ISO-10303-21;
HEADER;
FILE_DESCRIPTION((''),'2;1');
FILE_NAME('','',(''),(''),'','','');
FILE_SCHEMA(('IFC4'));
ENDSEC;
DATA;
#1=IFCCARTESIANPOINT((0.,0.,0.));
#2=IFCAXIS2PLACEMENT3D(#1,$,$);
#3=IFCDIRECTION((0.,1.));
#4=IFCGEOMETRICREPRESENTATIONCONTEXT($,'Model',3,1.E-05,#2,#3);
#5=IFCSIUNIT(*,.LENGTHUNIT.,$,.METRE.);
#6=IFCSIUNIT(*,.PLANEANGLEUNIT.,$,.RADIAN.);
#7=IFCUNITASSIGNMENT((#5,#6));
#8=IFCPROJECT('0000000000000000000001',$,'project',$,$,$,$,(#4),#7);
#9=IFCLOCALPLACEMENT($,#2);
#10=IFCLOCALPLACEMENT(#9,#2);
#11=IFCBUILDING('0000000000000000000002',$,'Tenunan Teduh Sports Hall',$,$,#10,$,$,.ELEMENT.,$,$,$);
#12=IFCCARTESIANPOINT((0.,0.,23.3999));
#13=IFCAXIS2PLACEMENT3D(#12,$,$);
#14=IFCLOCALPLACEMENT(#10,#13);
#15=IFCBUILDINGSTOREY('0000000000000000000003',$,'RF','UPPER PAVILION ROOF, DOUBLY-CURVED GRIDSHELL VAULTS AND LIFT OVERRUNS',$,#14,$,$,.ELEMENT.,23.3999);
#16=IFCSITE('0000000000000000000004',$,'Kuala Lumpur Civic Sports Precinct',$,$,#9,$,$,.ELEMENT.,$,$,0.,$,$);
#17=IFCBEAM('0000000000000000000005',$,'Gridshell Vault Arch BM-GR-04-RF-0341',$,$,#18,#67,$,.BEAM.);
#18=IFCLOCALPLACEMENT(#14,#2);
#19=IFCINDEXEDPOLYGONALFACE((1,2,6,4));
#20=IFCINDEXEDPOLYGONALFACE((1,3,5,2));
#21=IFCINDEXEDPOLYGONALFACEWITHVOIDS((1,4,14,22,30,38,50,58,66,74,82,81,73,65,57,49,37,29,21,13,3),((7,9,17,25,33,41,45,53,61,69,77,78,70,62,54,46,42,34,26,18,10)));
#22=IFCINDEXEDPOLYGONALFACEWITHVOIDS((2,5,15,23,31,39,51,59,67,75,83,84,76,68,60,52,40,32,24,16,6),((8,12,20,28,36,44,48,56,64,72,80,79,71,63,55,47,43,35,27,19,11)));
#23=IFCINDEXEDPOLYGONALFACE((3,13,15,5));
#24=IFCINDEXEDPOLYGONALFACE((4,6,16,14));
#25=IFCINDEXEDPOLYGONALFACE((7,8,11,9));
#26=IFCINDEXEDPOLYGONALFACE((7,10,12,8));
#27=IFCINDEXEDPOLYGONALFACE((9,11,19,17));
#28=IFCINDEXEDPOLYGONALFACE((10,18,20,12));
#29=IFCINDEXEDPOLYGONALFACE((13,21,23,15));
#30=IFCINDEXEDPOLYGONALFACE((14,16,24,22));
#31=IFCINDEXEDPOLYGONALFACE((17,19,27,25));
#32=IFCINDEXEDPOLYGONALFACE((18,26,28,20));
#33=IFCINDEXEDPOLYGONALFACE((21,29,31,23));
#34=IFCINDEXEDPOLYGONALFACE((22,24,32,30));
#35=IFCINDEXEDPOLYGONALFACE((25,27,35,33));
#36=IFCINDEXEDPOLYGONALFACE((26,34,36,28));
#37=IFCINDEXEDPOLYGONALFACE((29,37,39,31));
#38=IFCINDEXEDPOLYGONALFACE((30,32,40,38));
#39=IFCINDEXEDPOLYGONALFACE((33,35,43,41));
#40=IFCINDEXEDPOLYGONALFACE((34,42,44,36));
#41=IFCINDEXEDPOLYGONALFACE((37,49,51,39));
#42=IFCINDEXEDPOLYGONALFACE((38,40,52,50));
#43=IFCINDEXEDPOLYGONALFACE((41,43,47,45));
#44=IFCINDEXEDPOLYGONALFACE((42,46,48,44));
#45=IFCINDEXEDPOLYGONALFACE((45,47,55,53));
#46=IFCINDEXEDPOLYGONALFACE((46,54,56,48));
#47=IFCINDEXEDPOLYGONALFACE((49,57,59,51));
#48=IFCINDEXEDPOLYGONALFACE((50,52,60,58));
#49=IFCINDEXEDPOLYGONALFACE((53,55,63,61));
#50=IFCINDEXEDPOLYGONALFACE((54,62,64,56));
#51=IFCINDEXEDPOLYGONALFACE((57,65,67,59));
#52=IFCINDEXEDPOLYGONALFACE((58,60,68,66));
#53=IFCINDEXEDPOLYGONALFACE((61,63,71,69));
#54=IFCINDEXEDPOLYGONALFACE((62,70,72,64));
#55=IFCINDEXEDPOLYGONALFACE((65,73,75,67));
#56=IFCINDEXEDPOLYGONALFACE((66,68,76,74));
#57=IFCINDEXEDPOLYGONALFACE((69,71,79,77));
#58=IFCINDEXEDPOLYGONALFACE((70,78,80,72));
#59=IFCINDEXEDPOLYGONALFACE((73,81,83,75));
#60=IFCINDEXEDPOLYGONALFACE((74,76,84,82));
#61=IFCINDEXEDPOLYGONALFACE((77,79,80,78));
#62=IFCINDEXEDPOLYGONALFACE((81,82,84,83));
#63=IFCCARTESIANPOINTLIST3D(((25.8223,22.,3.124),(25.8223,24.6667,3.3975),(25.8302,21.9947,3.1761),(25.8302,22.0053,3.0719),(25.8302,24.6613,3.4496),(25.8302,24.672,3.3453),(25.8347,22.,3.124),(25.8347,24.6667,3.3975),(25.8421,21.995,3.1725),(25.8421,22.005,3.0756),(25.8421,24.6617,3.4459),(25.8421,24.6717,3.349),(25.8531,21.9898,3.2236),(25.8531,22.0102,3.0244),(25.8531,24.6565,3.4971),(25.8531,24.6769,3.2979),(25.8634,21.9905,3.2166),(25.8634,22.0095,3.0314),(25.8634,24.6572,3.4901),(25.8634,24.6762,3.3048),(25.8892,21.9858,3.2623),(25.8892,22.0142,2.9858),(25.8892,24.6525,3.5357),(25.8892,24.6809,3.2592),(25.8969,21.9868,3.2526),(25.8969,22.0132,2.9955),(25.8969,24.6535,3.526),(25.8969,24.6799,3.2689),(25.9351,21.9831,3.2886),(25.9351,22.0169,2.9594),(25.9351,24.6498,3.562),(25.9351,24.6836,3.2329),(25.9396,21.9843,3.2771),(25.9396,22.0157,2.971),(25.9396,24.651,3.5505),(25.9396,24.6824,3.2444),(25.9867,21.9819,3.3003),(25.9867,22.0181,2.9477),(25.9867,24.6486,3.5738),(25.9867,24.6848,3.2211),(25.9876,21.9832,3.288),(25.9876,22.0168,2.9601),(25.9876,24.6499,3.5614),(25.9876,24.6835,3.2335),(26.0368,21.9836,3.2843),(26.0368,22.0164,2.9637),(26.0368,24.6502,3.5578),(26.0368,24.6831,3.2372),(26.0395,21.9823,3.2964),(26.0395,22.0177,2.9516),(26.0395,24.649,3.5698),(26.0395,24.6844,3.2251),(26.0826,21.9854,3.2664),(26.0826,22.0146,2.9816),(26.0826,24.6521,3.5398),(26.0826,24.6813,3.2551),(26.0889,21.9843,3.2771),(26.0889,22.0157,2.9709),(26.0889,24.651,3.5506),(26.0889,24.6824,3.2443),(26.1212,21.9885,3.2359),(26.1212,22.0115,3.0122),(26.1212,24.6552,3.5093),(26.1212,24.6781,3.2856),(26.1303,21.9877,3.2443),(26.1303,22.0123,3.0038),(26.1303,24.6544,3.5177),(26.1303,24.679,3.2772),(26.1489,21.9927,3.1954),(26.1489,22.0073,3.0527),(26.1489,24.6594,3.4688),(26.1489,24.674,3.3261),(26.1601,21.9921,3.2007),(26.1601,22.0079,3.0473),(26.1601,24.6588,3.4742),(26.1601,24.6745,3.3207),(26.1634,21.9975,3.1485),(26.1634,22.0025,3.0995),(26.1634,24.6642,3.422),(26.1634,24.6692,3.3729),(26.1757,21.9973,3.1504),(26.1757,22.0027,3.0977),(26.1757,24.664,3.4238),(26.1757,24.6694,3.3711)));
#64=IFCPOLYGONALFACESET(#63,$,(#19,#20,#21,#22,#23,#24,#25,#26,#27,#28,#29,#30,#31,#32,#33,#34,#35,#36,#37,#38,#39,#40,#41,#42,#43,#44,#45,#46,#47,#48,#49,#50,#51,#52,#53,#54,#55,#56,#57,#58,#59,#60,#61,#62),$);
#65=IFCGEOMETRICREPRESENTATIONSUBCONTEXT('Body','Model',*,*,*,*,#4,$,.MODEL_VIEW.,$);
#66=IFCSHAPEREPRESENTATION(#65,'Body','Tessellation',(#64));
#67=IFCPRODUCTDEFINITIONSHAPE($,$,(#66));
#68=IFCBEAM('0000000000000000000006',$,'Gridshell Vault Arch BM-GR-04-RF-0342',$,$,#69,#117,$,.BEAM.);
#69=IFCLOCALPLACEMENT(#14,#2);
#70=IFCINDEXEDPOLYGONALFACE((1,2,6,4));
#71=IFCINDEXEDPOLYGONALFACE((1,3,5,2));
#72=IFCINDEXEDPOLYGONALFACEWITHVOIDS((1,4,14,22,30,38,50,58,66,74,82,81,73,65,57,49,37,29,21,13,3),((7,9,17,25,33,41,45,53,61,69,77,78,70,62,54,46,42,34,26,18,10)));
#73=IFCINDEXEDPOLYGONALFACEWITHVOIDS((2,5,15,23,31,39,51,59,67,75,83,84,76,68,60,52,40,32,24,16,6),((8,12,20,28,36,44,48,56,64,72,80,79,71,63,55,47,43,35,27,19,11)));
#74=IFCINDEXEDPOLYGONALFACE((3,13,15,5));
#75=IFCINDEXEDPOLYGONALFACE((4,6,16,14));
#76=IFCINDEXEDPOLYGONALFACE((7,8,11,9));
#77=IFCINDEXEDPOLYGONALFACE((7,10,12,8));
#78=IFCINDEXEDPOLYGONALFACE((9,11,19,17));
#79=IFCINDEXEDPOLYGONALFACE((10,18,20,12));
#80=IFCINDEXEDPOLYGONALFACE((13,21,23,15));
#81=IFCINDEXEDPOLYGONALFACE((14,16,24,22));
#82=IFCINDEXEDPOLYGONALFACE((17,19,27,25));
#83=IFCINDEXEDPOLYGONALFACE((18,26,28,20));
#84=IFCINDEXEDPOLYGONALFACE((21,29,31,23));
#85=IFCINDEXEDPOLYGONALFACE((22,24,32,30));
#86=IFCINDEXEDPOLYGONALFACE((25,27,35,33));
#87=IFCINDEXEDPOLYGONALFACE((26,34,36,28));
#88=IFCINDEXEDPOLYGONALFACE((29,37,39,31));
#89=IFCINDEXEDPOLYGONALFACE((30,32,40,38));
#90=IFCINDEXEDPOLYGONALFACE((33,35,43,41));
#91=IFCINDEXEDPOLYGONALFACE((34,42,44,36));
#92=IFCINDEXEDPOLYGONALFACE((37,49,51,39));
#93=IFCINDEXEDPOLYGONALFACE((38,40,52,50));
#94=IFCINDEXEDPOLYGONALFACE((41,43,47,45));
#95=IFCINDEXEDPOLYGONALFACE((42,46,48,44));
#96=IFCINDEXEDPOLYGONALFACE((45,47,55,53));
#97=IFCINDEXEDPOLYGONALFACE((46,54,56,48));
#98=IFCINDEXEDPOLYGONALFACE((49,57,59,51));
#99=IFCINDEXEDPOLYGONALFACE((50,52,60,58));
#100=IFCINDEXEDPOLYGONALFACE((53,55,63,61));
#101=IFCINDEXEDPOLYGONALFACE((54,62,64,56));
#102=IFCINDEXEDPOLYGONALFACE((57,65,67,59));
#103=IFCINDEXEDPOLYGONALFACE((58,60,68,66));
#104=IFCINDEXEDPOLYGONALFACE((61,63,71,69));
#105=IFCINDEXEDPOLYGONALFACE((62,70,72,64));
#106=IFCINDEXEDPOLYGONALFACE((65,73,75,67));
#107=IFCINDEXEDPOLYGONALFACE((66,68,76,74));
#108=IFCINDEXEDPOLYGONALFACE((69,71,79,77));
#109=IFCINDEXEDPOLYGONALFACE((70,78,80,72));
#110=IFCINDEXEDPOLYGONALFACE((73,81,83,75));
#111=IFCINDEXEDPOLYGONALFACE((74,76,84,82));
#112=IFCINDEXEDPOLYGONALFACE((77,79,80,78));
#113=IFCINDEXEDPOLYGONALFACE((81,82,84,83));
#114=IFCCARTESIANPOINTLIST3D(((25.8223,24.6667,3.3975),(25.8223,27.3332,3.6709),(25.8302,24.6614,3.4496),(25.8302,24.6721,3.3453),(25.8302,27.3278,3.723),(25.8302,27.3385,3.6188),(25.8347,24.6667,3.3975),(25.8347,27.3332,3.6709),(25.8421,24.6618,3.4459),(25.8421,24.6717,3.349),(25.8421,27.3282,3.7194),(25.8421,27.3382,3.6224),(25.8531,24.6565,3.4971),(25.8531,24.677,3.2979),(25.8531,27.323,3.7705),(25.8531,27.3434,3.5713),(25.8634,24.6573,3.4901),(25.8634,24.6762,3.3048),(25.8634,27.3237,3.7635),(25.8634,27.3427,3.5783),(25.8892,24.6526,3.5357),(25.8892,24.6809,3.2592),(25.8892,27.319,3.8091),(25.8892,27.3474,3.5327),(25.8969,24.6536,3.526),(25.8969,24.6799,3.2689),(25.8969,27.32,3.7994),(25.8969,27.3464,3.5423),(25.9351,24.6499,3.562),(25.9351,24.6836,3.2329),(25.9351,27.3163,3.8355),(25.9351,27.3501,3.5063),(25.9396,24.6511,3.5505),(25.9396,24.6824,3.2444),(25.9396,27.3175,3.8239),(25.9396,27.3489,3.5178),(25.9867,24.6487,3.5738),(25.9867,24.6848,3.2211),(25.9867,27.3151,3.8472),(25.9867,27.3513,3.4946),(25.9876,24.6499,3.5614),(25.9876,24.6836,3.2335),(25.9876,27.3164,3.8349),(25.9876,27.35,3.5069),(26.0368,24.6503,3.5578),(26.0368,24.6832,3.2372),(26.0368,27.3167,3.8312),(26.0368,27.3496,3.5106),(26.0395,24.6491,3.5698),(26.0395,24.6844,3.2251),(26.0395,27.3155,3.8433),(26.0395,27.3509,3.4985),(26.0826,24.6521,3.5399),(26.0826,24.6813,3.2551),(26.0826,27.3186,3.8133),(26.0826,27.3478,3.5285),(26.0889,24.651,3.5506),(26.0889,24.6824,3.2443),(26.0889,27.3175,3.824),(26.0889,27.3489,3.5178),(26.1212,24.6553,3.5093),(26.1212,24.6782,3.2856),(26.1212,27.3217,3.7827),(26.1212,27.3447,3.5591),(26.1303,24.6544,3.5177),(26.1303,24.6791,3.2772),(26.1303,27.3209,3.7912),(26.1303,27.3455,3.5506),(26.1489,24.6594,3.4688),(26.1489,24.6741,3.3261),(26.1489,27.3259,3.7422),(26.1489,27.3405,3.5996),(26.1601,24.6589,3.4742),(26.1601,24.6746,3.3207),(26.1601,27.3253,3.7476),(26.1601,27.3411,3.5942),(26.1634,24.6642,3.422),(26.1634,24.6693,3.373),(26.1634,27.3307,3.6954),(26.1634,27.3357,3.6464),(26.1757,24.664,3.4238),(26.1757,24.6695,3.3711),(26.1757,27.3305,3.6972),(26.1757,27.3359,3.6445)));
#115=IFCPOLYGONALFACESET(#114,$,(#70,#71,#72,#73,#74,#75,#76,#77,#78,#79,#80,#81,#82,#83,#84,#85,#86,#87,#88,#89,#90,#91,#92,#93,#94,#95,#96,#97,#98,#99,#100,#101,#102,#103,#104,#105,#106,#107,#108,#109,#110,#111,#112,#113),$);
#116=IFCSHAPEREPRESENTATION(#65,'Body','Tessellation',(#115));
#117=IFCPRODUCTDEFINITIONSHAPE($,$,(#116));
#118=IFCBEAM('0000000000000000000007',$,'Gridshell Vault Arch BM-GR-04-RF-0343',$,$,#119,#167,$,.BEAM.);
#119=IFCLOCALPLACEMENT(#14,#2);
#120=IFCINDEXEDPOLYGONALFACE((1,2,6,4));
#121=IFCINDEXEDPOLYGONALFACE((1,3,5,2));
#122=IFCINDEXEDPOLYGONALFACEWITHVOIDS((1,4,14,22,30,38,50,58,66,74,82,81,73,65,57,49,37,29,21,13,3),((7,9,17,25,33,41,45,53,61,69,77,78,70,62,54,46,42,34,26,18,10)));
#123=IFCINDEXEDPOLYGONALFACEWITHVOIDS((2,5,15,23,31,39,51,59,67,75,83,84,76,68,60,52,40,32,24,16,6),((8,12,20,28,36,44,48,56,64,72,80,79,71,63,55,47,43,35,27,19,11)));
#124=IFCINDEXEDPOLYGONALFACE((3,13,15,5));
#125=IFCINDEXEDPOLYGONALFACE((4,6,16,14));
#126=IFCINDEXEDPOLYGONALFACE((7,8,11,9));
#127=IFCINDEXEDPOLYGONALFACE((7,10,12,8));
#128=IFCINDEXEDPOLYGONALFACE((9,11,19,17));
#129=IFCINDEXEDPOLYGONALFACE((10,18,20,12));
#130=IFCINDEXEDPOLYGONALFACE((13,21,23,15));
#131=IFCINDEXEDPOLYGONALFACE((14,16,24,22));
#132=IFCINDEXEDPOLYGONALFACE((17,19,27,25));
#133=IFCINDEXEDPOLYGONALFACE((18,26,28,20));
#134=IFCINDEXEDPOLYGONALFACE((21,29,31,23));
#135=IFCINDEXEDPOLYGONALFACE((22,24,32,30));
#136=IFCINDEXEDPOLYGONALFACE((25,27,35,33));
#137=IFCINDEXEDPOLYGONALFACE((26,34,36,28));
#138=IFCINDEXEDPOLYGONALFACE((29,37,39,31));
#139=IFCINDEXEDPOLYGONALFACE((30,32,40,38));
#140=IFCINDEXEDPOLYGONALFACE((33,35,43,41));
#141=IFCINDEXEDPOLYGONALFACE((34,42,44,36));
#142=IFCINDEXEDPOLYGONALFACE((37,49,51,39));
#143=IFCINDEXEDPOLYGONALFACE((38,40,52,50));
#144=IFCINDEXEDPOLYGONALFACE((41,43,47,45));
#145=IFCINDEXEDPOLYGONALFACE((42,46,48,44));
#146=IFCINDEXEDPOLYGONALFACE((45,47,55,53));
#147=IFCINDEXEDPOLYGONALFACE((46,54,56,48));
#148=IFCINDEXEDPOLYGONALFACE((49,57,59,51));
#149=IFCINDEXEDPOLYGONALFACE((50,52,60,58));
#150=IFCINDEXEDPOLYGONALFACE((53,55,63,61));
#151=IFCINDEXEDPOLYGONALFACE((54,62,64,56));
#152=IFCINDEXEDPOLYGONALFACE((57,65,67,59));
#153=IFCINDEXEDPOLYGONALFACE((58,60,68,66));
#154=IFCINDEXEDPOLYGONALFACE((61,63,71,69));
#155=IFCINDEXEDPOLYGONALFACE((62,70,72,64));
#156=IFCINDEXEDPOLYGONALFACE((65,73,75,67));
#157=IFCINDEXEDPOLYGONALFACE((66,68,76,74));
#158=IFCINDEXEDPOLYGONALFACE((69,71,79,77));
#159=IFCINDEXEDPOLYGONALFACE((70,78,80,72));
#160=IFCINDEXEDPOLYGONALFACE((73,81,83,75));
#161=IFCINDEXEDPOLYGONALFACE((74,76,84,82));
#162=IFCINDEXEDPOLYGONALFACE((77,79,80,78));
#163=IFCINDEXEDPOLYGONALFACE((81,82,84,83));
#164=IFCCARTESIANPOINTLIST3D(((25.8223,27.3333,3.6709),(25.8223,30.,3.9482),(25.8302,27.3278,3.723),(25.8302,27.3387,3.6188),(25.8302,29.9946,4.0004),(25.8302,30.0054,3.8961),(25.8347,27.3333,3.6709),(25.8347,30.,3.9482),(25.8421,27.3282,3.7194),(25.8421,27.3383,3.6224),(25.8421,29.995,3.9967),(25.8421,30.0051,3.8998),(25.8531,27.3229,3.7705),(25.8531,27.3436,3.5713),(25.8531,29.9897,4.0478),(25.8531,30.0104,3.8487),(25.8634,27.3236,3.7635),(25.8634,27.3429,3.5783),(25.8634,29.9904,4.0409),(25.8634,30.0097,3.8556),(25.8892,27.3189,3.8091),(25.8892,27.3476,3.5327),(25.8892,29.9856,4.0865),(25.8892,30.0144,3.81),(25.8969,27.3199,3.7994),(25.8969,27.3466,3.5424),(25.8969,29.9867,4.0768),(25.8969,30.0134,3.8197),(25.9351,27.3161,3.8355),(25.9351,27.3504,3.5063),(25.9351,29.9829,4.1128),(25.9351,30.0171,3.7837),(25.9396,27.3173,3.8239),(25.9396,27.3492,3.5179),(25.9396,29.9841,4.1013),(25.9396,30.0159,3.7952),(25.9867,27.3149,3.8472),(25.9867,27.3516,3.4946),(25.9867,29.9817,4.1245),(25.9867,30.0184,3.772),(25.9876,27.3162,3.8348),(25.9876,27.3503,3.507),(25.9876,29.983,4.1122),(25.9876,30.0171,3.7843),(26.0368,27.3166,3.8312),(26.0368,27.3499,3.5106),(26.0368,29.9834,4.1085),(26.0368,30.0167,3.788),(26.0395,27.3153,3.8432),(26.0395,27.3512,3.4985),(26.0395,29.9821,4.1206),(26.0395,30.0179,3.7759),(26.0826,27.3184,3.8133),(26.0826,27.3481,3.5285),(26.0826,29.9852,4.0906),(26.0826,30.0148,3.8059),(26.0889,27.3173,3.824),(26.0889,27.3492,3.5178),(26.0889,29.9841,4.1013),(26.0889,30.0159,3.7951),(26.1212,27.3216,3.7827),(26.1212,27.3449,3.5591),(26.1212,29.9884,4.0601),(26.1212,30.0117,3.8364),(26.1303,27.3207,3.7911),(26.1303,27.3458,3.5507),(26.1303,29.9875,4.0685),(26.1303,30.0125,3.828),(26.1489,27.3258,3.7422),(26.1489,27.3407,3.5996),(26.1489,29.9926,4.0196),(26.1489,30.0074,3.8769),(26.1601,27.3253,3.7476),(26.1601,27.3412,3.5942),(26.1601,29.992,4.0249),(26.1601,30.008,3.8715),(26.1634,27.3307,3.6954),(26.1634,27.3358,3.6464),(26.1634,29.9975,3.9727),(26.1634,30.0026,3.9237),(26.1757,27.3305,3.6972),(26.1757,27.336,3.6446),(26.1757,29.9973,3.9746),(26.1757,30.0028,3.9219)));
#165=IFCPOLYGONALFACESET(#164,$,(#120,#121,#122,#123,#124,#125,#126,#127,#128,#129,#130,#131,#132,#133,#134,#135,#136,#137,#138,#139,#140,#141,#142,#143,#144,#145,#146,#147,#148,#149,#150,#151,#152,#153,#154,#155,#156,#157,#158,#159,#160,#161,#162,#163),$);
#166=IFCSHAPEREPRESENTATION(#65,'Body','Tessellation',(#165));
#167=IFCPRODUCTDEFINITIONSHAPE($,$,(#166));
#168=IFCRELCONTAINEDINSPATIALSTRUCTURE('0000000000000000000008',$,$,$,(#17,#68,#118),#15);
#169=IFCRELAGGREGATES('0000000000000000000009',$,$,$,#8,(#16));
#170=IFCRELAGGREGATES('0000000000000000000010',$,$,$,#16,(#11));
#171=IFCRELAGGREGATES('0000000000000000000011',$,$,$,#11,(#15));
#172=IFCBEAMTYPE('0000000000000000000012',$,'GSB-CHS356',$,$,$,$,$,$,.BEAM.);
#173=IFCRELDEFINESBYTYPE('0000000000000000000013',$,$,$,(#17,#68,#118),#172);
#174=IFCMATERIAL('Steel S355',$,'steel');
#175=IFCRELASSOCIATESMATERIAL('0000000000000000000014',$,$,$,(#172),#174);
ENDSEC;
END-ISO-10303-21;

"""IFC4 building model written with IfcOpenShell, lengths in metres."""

from ifc_helpers import new_model, si_unit, direction, frame, origin, origin_2d, place, context, subcontext, project, spatial, hollow_circle, extrude, material, material_profile, profile_set, type_object, element, save


model = new_model("IFC4")

# Units and contexts
model_context = context("Model", 3, precision=1e-05, world=origin(), true_north=direction((0.0, 1.0)))
body_context = subcontext(model_context, "Body", "Model", "MODEL_VIEW")
ifc_project = project(units=[si_unit("LENGTHUNIT", "METRE"), si_unit("PLANEANGLEUNIT", "RADIAN")], contexts=[model_context])

# Site, building, storey
site_placement = place(None, origin())
site = spatial("IfcSite", under=ifc_project, at=site_placement, Name="Kuala Lumpur Civic Sports Precinct", CompositionType="ELEMENT", RefElevation=0.0)
building_placement = place(site_placement, origin())
building = spatial("IfcBuilding", under=site, at=building_placement, Name="Tenunan Teduh Sports Hall", CompositionType="ELEMENT")
storey_placement = place(building_placement, frame((0.0, 0.0, 23.3999)))
storey = spatial("IfcBuildingStorey", under=building, at=storey_placement, Name="RF", Description="UPPER PAVILION ROOF, DOUBLY-CURVED GRIDSHELL VAULTS AND LIFT OVERRUNS", CompositionType="ELEMENT", Elevation=23.3999)

# Beams
ifc_material_1 = material(Name="Steel S355", Category="steel")
ifc_material_profile_1 = material_profile(ifc_material_1, hollow_circle(Radius=0.1777, WallThickness=0.0125, at=origin_2d()), Name="CHS 355.6x12.5")
ifc_profile_set_1 = profile_set([ifc_material_profile_1], Name="Steel S355")
beam_type_1 = type_object("IfcBeamType", Name="GSB-CHS356", PredefinedType="BEAM", material=ifc_profile_set_1)
beam_1_placement = place(storey_placement, frame((26.0, 22.0, 3.124), z_axis=(0.0, 0.994784, 0.102001), x_axis=(-1.0, 0.0, 0.0)))
element("IfcBeam", 1, at=beam_1_placement, inside=storey, type_object=beam_type_1, Name="Gridshell Vault Arch BM-GR-04-RF-0341", PredefinedType="BEAM", context=body_context, shape_type="SweptSolid", body=[
    extrude(hollow_circle(Radius=0.1777, WallThickness=0.0125, at=origin_2d()), origin(), (0.0, 0.0, 1.0), 2.6807),
])
beam_2_placement = place(storey_placement, frame((26.0, 24.6667, 3.3975), z_axis=(0.0, 0.994783, 0.10201), x_axis=(-1.0, 0.0, 0.0)))
element("IfcBeam", 2, at=beam_2_placement, inside=storey, type_object=beam_type_1, Name="Gridshell Vault Arch BM-GR-04-RF-0342", PredefinedType="BEAM", context=body_context, shape_type="SweptSolid", body=[
    extrude(hollow_circle(Radius=0.1777, WallThickness=0.0125, at=origin_2d()), origin(), (0.0, 0.0, 1.0), 2.6804),
])
for number, where, z_axis, x_axis, name in (
    (3, (26.0, 27.3333, 3.6709), (0.0, 0.994635, 0.103443), (-1.0, 0.0, 0.0), "Gridshell Vault Arch BM-GR-04-RF-0343"),
):
    element("IfcBeam", number, at=place(storey_placement, frame(where, z_axis=z_axis, x_axis=x_axis)), inside=storey, type_object=beam_type_1, Name=name, PredefinedType="BEAM", context=body_context, shape_type="SweptSolid", body=[
        extrude(hollow_circle(Radius=0.1777, WallThickness=0.0125, at=origin_2d()), origin(), (0.0, 0.0, 1.0), 2.6812),
    ])

save(model, "model.ifc")
